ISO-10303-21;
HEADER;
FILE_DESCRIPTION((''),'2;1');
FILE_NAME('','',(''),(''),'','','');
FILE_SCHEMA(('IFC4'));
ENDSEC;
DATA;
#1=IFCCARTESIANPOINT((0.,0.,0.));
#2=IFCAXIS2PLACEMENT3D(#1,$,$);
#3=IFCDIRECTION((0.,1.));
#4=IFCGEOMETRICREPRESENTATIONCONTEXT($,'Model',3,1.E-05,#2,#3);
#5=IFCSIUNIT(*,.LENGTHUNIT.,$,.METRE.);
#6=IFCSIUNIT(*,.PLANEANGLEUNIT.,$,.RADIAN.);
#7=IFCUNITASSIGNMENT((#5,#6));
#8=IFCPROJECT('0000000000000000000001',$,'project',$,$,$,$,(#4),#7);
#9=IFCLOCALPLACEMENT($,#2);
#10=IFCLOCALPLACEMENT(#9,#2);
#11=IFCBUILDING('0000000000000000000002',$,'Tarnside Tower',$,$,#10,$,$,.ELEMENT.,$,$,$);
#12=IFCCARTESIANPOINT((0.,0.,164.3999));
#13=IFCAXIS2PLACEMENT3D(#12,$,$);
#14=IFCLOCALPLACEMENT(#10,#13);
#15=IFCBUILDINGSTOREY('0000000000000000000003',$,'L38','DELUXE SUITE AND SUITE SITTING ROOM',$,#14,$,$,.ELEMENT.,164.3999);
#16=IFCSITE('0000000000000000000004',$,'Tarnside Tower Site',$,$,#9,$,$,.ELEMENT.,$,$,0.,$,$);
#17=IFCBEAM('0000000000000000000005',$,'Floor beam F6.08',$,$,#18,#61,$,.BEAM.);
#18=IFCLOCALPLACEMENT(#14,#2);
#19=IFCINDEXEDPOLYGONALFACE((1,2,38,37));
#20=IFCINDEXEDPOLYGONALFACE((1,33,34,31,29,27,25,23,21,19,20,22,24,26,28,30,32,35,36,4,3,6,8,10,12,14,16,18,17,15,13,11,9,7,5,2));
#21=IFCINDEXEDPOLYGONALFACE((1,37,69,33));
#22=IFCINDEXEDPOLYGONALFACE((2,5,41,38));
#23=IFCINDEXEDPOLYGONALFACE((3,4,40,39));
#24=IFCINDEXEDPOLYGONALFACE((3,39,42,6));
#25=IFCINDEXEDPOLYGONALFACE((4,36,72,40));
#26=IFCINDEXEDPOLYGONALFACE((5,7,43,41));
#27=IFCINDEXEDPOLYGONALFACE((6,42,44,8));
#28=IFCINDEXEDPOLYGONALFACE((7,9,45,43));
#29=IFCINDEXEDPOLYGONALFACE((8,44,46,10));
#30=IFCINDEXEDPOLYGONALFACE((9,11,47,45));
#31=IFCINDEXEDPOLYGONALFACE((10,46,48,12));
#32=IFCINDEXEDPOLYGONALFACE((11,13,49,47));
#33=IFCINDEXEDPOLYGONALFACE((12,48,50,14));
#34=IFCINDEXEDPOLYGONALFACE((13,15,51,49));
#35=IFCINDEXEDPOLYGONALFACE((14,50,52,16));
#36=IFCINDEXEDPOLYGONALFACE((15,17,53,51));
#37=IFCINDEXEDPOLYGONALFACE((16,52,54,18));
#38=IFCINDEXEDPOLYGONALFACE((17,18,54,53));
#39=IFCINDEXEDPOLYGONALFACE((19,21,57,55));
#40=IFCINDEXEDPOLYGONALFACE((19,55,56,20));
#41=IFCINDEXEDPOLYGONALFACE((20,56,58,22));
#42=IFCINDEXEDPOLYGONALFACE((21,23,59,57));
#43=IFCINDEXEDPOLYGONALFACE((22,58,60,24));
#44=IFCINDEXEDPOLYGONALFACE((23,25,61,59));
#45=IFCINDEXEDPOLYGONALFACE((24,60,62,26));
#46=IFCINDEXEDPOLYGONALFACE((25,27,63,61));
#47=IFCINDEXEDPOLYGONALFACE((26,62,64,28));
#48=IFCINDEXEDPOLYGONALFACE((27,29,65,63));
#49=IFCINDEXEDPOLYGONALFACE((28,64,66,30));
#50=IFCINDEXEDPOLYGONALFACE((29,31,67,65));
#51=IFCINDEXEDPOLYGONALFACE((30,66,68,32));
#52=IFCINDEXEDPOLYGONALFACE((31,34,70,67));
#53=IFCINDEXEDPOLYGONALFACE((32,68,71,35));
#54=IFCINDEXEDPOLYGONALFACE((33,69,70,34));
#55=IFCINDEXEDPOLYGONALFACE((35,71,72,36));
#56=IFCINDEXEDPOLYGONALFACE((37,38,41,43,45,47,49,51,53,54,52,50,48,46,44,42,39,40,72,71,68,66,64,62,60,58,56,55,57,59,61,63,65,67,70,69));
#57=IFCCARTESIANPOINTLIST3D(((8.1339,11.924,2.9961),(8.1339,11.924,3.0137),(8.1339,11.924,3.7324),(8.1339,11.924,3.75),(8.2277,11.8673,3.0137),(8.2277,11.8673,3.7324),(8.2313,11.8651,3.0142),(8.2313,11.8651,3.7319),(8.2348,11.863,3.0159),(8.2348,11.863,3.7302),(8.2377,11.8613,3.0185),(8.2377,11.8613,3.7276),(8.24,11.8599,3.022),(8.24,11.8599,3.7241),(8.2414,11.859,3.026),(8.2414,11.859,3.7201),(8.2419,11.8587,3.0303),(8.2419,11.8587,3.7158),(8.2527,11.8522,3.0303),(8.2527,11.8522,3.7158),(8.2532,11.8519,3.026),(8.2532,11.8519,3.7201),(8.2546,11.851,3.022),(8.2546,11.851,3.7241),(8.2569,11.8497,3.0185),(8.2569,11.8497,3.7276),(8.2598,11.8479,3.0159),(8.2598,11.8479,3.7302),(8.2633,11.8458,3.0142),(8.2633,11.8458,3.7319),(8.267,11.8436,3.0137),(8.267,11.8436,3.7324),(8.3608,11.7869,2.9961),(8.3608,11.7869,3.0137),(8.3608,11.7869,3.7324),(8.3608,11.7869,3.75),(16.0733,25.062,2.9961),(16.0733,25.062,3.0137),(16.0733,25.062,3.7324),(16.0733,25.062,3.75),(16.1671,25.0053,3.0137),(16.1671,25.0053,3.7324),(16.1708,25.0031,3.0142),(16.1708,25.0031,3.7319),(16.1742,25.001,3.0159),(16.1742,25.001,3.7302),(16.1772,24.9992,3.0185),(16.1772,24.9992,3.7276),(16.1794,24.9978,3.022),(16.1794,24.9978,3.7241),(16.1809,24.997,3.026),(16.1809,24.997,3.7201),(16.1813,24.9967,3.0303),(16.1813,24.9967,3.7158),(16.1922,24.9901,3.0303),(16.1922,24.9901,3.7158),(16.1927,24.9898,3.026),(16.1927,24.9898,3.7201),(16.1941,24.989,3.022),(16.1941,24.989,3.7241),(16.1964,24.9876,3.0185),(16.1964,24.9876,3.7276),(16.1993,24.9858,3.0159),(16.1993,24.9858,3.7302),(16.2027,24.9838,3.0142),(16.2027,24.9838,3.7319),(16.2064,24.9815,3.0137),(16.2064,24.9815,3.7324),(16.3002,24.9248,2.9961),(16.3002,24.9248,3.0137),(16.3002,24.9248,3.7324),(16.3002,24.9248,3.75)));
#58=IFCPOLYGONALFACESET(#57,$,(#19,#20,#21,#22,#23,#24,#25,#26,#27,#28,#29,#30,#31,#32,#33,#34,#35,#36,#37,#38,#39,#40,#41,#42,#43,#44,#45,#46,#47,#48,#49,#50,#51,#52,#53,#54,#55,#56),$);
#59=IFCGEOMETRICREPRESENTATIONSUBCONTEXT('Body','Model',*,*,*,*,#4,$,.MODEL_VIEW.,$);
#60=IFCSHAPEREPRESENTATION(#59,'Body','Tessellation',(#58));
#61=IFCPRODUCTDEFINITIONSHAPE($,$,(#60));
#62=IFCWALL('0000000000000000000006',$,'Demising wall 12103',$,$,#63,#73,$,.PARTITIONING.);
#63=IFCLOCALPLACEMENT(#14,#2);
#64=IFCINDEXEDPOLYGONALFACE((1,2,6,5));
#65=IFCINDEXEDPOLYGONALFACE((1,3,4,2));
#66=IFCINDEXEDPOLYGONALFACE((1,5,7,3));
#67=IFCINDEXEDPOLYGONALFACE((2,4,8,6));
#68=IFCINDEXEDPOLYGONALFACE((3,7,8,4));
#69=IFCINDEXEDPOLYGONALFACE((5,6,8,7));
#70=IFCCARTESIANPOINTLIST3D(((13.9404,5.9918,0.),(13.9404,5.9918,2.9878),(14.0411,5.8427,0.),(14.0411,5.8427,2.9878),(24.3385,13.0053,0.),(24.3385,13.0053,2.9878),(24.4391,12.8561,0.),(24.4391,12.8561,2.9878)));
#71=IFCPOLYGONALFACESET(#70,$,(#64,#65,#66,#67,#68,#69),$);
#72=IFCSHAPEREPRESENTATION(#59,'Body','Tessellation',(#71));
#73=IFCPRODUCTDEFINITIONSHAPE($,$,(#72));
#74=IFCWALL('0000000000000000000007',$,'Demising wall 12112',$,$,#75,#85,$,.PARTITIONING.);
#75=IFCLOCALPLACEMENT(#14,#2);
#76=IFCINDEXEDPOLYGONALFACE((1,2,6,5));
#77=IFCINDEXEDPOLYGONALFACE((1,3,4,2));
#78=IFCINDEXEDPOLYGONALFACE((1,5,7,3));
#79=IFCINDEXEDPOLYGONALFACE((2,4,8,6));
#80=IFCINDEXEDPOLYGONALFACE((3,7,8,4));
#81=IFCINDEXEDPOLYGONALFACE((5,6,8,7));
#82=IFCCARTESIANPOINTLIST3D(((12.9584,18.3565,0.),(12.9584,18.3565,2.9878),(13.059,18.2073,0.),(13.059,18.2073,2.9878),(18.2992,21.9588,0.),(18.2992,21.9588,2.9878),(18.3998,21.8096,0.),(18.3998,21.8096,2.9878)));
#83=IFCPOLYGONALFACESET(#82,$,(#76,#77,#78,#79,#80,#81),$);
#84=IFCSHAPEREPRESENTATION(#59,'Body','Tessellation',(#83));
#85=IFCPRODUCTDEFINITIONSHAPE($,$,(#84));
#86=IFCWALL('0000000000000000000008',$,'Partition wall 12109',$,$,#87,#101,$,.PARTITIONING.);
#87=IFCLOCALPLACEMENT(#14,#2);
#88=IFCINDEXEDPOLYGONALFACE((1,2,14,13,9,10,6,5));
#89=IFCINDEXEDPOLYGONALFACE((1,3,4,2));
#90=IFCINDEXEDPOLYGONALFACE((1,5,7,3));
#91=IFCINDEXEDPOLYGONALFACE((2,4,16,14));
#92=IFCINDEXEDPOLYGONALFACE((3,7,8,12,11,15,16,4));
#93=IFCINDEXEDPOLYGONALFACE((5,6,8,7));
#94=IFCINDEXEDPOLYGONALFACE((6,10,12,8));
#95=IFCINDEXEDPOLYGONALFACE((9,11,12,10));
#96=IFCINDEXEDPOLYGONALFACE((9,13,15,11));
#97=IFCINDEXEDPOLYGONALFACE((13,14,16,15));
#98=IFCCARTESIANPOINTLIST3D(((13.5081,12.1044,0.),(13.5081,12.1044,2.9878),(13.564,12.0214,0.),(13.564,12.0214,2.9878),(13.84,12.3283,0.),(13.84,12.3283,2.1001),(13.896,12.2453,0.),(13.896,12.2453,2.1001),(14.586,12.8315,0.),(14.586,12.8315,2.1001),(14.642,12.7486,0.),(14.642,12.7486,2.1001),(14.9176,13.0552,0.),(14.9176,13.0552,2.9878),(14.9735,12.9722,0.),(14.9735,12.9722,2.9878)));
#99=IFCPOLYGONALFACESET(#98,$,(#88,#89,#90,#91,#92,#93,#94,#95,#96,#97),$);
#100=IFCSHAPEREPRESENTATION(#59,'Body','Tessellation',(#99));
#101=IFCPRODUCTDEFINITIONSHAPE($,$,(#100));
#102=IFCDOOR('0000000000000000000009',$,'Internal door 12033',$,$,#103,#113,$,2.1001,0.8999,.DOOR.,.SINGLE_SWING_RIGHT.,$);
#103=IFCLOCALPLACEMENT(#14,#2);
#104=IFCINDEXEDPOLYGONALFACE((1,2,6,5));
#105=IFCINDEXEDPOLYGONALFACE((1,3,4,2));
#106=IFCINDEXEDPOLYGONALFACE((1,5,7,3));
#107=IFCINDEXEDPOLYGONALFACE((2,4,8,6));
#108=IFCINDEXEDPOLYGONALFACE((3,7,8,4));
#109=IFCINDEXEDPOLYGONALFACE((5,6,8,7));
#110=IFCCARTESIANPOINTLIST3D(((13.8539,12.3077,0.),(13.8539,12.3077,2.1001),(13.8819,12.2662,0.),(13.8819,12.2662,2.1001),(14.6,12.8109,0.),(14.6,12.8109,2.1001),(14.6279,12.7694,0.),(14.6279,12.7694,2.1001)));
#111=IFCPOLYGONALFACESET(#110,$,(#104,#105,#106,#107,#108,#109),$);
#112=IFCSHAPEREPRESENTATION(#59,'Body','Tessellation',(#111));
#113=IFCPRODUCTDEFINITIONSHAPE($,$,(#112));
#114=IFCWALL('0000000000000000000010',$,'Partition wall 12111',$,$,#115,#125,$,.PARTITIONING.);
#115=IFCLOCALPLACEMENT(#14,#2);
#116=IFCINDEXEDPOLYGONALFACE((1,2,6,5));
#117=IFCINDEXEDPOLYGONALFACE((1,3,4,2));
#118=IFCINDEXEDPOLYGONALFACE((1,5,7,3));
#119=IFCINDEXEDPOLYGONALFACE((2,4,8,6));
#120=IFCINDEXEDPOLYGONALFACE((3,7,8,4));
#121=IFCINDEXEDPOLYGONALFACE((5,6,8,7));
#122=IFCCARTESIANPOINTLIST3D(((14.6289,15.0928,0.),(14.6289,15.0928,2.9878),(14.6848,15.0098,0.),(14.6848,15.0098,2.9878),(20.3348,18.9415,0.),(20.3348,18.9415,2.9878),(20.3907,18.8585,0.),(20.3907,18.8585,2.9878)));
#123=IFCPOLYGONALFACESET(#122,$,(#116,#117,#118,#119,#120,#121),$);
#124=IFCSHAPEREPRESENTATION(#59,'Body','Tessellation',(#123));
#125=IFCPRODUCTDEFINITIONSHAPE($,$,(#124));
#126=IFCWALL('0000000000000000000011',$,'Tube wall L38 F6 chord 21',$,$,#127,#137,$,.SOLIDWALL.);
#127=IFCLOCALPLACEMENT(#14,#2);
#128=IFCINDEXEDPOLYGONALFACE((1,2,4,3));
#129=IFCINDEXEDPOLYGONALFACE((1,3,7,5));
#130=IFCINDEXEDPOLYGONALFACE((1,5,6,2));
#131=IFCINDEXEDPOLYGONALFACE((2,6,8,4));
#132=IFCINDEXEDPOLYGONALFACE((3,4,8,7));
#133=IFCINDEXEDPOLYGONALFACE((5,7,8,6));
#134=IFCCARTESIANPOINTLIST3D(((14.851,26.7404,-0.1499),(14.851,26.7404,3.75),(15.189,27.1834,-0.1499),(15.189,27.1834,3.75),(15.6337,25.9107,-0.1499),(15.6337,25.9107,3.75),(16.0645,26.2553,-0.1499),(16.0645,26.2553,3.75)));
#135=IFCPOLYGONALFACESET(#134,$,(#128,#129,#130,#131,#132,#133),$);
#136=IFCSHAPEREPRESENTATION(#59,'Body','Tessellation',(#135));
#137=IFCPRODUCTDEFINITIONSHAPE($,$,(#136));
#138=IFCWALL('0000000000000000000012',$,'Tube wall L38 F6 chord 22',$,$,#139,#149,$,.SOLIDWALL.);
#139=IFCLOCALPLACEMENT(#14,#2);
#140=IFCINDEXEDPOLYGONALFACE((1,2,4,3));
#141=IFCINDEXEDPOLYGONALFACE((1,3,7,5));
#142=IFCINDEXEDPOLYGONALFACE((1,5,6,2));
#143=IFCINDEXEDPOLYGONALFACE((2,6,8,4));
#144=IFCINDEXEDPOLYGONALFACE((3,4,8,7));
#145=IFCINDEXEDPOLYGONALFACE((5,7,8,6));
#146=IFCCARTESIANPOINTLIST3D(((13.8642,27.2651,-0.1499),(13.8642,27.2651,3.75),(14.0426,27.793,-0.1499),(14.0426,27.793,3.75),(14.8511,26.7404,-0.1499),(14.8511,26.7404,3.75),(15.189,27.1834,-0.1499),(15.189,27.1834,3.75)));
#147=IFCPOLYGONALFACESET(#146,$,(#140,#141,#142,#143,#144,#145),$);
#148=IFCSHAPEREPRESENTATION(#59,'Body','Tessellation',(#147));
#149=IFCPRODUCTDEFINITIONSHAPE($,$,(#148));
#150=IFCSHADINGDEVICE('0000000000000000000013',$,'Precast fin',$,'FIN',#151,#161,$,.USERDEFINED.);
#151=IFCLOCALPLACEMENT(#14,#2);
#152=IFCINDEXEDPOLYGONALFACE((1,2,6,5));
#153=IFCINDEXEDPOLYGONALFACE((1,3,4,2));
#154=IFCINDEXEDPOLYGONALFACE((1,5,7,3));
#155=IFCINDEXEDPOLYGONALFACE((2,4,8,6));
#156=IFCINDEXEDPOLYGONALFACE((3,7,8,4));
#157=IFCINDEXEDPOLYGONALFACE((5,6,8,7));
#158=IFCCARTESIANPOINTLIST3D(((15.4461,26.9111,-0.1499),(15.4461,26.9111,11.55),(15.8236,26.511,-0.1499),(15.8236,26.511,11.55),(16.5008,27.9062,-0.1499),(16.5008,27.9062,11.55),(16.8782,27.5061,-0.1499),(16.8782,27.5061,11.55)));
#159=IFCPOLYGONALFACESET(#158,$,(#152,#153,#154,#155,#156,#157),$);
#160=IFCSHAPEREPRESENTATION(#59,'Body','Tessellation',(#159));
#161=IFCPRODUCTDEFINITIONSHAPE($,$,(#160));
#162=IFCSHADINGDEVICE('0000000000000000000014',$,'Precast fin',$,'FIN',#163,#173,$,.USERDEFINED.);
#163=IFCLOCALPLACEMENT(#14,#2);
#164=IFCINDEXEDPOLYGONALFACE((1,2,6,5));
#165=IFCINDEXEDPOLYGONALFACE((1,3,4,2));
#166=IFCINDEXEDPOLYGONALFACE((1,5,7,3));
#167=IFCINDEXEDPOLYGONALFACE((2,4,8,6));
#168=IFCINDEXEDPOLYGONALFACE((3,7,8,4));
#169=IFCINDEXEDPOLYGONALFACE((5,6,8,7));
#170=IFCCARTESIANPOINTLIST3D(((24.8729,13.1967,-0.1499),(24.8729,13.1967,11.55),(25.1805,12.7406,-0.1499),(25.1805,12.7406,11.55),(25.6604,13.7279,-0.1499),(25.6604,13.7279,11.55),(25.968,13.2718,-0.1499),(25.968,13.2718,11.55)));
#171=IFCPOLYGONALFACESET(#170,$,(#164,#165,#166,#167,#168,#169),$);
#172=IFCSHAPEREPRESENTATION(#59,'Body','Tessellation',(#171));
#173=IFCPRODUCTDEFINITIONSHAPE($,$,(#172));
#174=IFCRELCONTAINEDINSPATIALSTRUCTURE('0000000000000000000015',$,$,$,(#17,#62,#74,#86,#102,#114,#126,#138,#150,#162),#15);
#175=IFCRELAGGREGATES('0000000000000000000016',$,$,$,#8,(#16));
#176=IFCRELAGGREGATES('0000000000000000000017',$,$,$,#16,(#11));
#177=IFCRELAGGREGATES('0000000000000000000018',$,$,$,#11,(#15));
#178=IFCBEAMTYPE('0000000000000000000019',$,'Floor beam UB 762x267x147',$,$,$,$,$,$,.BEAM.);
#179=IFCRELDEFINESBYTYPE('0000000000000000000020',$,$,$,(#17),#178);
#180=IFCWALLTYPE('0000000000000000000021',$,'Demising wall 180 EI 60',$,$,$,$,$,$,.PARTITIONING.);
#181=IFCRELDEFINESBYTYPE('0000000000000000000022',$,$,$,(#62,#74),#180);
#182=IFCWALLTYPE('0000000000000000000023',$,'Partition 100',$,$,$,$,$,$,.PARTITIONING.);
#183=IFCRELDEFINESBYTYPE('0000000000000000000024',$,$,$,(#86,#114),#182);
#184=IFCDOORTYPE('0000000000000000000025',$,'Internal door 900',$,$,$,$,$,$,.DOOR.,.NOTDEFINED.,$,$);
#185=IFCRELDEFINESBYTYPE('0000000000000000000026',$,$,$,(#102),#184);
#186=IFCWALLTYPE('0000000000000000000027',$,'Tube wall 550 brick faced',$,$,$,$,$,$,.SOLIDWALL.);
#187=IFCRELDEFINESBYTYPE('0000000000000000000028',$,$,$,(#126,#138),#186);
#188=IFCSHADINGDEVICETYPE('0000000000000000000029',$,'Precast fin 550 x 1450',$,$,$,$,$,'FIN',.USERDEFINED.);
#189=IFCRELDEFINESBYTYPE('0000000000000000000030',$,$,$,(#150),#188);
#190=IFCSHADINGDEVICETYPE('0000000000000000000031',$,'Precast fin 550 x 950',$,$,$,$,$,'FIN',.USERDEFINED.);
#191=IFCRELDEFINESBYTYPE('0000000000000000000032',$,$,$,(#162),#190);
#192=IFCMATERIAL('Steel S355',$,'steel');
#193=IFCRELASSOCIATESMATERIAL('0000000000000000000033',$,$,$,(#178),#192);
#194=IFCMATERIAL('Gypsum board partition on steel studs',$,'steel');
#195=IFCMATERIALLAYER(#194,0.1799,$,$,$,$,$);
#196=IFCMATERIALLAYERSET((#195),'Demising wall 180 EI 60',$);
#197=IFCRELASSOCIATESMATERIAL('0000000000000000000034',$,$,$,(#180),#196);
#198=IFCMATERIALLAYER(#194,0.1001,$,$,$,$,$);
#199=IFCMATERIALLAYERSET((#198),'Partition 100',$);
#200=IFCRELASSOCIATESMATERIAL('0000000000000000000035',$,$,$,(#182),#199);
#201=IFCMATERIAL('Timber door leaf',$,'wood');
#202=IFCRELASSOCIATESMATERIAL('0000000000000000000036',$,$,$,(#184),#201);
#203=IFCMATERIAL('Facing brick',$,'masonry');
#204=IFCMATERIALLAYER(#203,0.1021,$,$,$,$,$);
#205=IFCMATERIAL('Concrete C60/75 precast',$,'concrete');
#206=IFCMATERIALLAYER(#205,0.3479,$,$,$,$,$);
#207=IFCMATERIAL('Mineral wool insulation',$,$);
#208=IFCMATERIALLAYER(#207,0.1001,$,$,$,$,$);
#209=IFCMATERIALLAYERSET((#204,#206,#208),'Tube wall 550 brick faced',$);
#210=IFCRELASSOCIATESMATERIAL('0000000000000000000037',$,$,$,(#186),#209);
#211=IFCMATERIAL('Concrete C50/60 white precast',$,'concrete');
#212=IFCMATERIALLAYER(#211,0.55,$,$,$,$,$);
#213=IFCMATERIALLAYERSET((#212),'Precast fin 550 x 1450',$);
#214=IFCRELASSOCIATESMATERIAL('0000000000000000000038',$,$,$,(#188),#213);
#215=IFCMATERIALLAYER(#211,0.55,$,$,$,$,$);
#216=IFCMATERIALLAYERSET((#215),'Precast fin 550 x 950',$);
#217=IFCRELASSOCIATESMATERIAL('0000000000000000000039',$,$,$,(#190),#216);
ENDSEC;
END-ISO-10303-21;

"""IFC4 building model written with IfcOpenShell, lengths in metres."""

from ifc_helpers import new_model, si_unit, direction, frame, frame_2d, origin, origin_2d, place, context, subcontext, project, spatial, polyline, rectangle, i_section, outline, extrude, material, layer, layer_set, material_profile, profile_set, type_object, element, fill, save


model = new_model("IFC4")

# Units and contexts
model_context = context("Model", 3, precision=1e-05, world=origin(), true_north=direction((0.0, 1.0)))
body_context = subcontext(model_context, "Body", "Model", "MODEL_VIEW")
ifc_project = project(units=[si_unit("LENGTHUNIT", "METRE"), si_unit("PLANEANGLEUNIT", "RADIAN")], contexts=[model_context])

# Site, building, storey
site_placement = place(None, origin())
site = spatial("IfcSite", under=ifc_project, at=site_placement, Name="Tarnside Tower Site", CompositionType="ELEMENT", RefElevation=0.0)
building_placement = place(site_placement, origin())
building = spatial("IfcBuilding", under=site, at=building_placement, Name="Tarnside Tower", CompositionType="ELEMENT")
storey_placement = place(building_placement, frame((0.0, 0.0, 164.3999)))
storey = spatial("IfcBuildingStorey", under=building, at=storey_placement, Name="L38", Description="DELUXE SUITE AND SUITE SITTING ROOM", CompositionType="ELEMENT", Elevation=164.3999)

# Beam
ifc_material_1 = material(Name="Steel S355", Category="steel")
ifc_material_profile = material_profile(ifc_material_1, i_section(OverallWidth=0.2651, OverallDepth=0.7539, WebThickness=0.0127, FlangeThickness=0.0176, FilletRadius=0.0166, at=origin_2d()), Name="UB 762x267x147")
ifc_profile_set = profile_set([ifc_material_profile], Name="Steel S355")
beam_type = type_object("IfcBeamType", Name="Floor beam UB 762x267x147", PredefinedType="BEAM", material=ifc_profile_set)
beam_1_placement = place(storey_placement, frame((16.1868, 24.9934, 3.373), z_axis=(-0.517209, -0.855859, 0.0), x_axis=(0.855859, -0.517209, 0.0)))
element("IfcBeam", 1, at=beam_1_placement, inside=storey, type_object=beam_type, Name="Floor beam F6.08", PredefinedType="BEAM", context=body_context, shape_type="SweptSolid", body=[
    extrude(i_section(OverallWidth=0.2651, OverallDepth=0.7539, WebThickness=0.0127, FlangeThickness=0.0176, FilletRadius=0.0166, at=origin_2d()), origin(), (0.0, 0.0, 1.0), 15.3506),
])

# Walls
ifc_material_2 = material(Name="Gypsum board partition on steel studs", Category="steel")
ifc_layer_1 = layer(ifc_material_2, 0.1799)
ifc_layer_set_1 = layer_set([ifc_layer_1], Name="Demising wall 180 EI 60")
wall_type_1 = type_object("IfcWallType", Name="Demising wall 180 EI 60", PredefinedType="PARTITIONING", material=ifc_layer_set_1)
wall_1_placement = place(storey_placement, frame((24.3887, 12.9307, 0.0), z_axis=(0.0, 0.0, 1.0), x_axis=(-0.82904, -0.559189, 0.0)))
element("IfcWall", 2, at=wall_1_placement, inside=storey, type_object=wall_type_1, Name="Demising wall 12103", PredefinedType="PARTITIONING", context=body_context, shape_type="SweptSolid", body=[
    extrude(rectangle(XDim=12.5422, YDim=0.1799, at=frame_2d((6.271, 0.0))), origin(), (0.0, 0.0, 1.0), 2.9878),
])
wall_2_placement = place(storey_placement, frame((18.3496, 21.8843, 0.0), z_axis=(0.0, 0.0, 1.0), x_axis=(-0.829047, -0.559179, 0.0)))
element("IfcWall", 3, at=wall_2_placement, inside=storey, type_object=wall_type_1, Name="Demising wall 12112", PredefinedType="PARTITIONING", context=body_context, shape_type="SweptSolid", body=[
    extrude(rectangle(XDim=6.4421, YDim=0.1799, at=frame_2d((3.2212, 0.0))), origin(), (0.0, 0.0, 1.0), 2.9878),
])

# Wall, opening, door
ifc_layer_2 = layer(ifc_material_2, 0.1001)
ifc_layer_set_2 = layer_set([ifc_layer_2], Name="Partition 100")
wall_type_2 = type_object("IfcWallType", Name="Partition 100", PredefinedType="PARTITIONING", material=ifc_layer_set_2)
wall_3_placement = place(storey_placement, frame((14.9456, 13.0137, 0.0), z_axis=(0.0, 0.0, 1.0), x_axis=(-0.829033, -0.559199, 0.0)))
wall_3 = element("IfcWall", 4, at=wall_3_placement, inside=storey, type_object=wall_type_2, Name="Partition wall 12109", PredefinedType="PARTITIONING", context=body_context, shape_type="SweptSolid", body=[
    extrude(rectangle(XDim=1.7002, YDim=0.1001, at=frame_2d((0.8501, 0.0))), origin(), (0.0, 0.0, 1.0), 2.9878),
])
opening_placement = place(wall_3_placement, frame((0.3999, 0.0, 0.0)))
opening = element("IfcOpeningElement", 5, at=opening_placement, cuts=wall_3, PredefinedType="OPENING", context=body_context, shape_type="SweptSolid", body=[
    extrude(rectangle(XDim=0.8999, YDim=2.1001, at=frame_2d((0.45, 1.05))), frame((0.0, 0.0601, 0.0), z_axis=(0.0, -1.0, 0.0), x_axis=(1.0, 0.0, 0.0)), (0.0, 0.0, 1.0), 0.1201),
])
ifc_material_3 = material(Name="Timber door leaf", Category="wood")
door_type = type_object("IfcDoorType", Name="Internal door 900", OperationType="NOTDEFINED", PredefinedType="DOOR", material=ifc_material_3)
door_placement = place(opening_placement, origin())
door = element("IfcDoor", 6, at=door_placement, inside=storey, type_object=door_type, Name="Internal door 12033", OperationType="SINGLE_SWING_RIGHT", OverallHeight=2.1001, OverallWidth=0.8999, PredefinedType="DOOR", context=body_context, shape_type="SweptSolid", body=[
    extrude(rectangle(XDim=0.8999, YDim=2.1001, at=frame_2d((0.45, 1.05))), frame((0.0, 0.0249, 0.0), z_axis=(0.0, -1.0, 0.0), x_axis=(1.0, 0.0, 0.0)), (0.0, 0.0, 1.0), 0.05),
])
fill(opening, door)

# Walls
wall_4_placement = place(storey_placement, frame((14.6567, 15.0513, 0.0), z_axis=(0.0, 0.0, 1.0), x_axis=(0.829037, 0.559194, 0.0)))
element("IfcWall", 7, at=wall_4_placement, inside=storey, type_object=wall_type_2, Name="Partition wall 12111", PredefinedType="PARTITIONING", context=body_context, shape_type="SweptSolid", body=[
    extrude(rectangle(XDim=6.8826, YDim=0.1001, at=frame_2d((3.4414, 0.0))), origin(), (0.0, 0.0, 1.0), 2.9878),
])
ifc_material_4 = material(Name="Facing brick", Category="masonry")
ifc_layer_3 = layer(ifc_material_4, 0.1021)
ifc_material_5 = material(Name="Concrete C60/75 precast", Category="concrete")
ifc_layer_4 = layer(ifc_material_5, 0.3479)
ifc_material_6 = material(Name="Mineral wool insulation")
ifc_layer_5 = layer(ifc_material_6, 0.1001)
ifc_layer_set_3 = layer_set([ifc_layer_3, ifc_layer_4, ifc_layer_5], Name="Tube wall 550 brick faced")
wall_type_3 = type_object("IfcWallType", Name="Tube wall 550 brick faced", PredefinedType="SOLIDWALL", material=ifc_layer_set_3)
wall_5_placement = place(storey_placement, frame((15.8491, 26.083, -0.1499), z_axis=(0.0, 0.0, 1.0), x_axis=(-0.686196, 0.727416, 0.0)))
element("IfcWall", 8, at=wall_5_placement, inside=storey, type_object=wall_type_3, Name="Tube wall L38 F6 chord 21", PredefinedType="SOLIDWALL", context=body_context, shape_type="SweptSolid", body=[
    extrude(outline(polyline([(-0.0225, -0.2749), (1.2534, -0.2749), (1.1631, 0.2749), (0.0225, 0.2749), (-0.0225, -0.2749)])), origin(), (0.0, 0.0, 1.0), 3.8999),
])
wall_6_placement = place(storey_placement, frame((15.02, 26.9619, -0.1499), z_axis=(0.0, 0.0, 1.0), x_axis=(-0.882951, 0.469465, 0.0)))
element("IfcWall", 9, at=wall_6_placement, inside=storey, type_object=wall_type_3, Name="Tube wall L38 F6 chord 22", PredefinedType="SOLIDWALL", context=body_context, shape_type="SweptSolid", body=[
    extrude(outline(polyline([(-0.0452, -0.2749), (1.2532, -0.2749), (1.1628, 0.2749), (0.0452, 0.2749), (-0.0452, -0.2749)])), origin(), (0.0, 0.0, 1.0), 3.8999),
])

# Shading devices
ifc_material_7 = material(Name="Concrete C50/60 white precast", Category="concrete")
ifc_layer_6 = layer(ifc_material_7, 0.55)
ifc_layer_set_4 = layer_set([ifc_layer_6], Name="Precast fin 550 x 1450")
shading_device_type_1 = type_object("IfcShadingDeviceType", Name="Precast fin 550 x 1450", ElementType="FIN", PredefinedType="USERDEFINED", material=ifc_layer_set_4)
shading_device_placement = place(storey_placement, frame((15.6348, 26.7112, -0.1499), z_axis=(0.686242, -0.727374, 0.0), x_axis=(0.727374, 0.686242, 0.0)))
element("IfcShadingDevice", 10, at=shading_device_placement, inside=storey, type_object=shading_device_type_1, Name="Precast fin", ObjectType="FIN", PredefinedType="USERDEFINED", context=body_context, shape_type="SweptSolid", body=[
    extrude(outline(polyline([(0.0, 0.0), (1.45, 0.0), (1.45, 11.7), (0.0, 11.7), (0.0, 0.0)])), frame((0.0, 0.0, -0.2749)), (0.0, 0.0, 1.0), 0.55),
])
ifc_layer_7 = layer(ifc_material_7, 0.55)
ifc_layer_set_5 = layer_set([ifc_layer_7], Name="Precast fin 550 x 950")
shading_device_type_2 = type_object("IfcShadingDeviceType", Name="Precast fin 550 x 950", ElementType="FIN", PredefinedType="USERDEFINED", material=ifc_layer_set_5)
for number, where, z_axis, x_axis, name in (
    (11, (25.0266, 12.9688, -0.1499), (0.559193, -0.829038, 0.0), (0.829038, 0.559193, 0.0), "Precast fin"),
):
    element("IfcShadingDevice", number, at=place(storey_placement, frame(where, z_axis=z_axis, x_axis=x_axis)), inside=storey, type_object=shading_device_type_2, Name=name, ObjectType="FIN", PredefinedType="USERDEFINED", context=body_context, shape_type="SweptSolid", body=[
        extrude(outline(polyline([(0.0, 0.0), (0.95, 0.0), (0.95, 11.7), (0.0, 11.7), (0.0, 0.0)])), frame((0.0, 0.0, -0.2749)), (0.0, 0.0, 1.0), 0.55),
    ])

save(model, "model.ifc")
